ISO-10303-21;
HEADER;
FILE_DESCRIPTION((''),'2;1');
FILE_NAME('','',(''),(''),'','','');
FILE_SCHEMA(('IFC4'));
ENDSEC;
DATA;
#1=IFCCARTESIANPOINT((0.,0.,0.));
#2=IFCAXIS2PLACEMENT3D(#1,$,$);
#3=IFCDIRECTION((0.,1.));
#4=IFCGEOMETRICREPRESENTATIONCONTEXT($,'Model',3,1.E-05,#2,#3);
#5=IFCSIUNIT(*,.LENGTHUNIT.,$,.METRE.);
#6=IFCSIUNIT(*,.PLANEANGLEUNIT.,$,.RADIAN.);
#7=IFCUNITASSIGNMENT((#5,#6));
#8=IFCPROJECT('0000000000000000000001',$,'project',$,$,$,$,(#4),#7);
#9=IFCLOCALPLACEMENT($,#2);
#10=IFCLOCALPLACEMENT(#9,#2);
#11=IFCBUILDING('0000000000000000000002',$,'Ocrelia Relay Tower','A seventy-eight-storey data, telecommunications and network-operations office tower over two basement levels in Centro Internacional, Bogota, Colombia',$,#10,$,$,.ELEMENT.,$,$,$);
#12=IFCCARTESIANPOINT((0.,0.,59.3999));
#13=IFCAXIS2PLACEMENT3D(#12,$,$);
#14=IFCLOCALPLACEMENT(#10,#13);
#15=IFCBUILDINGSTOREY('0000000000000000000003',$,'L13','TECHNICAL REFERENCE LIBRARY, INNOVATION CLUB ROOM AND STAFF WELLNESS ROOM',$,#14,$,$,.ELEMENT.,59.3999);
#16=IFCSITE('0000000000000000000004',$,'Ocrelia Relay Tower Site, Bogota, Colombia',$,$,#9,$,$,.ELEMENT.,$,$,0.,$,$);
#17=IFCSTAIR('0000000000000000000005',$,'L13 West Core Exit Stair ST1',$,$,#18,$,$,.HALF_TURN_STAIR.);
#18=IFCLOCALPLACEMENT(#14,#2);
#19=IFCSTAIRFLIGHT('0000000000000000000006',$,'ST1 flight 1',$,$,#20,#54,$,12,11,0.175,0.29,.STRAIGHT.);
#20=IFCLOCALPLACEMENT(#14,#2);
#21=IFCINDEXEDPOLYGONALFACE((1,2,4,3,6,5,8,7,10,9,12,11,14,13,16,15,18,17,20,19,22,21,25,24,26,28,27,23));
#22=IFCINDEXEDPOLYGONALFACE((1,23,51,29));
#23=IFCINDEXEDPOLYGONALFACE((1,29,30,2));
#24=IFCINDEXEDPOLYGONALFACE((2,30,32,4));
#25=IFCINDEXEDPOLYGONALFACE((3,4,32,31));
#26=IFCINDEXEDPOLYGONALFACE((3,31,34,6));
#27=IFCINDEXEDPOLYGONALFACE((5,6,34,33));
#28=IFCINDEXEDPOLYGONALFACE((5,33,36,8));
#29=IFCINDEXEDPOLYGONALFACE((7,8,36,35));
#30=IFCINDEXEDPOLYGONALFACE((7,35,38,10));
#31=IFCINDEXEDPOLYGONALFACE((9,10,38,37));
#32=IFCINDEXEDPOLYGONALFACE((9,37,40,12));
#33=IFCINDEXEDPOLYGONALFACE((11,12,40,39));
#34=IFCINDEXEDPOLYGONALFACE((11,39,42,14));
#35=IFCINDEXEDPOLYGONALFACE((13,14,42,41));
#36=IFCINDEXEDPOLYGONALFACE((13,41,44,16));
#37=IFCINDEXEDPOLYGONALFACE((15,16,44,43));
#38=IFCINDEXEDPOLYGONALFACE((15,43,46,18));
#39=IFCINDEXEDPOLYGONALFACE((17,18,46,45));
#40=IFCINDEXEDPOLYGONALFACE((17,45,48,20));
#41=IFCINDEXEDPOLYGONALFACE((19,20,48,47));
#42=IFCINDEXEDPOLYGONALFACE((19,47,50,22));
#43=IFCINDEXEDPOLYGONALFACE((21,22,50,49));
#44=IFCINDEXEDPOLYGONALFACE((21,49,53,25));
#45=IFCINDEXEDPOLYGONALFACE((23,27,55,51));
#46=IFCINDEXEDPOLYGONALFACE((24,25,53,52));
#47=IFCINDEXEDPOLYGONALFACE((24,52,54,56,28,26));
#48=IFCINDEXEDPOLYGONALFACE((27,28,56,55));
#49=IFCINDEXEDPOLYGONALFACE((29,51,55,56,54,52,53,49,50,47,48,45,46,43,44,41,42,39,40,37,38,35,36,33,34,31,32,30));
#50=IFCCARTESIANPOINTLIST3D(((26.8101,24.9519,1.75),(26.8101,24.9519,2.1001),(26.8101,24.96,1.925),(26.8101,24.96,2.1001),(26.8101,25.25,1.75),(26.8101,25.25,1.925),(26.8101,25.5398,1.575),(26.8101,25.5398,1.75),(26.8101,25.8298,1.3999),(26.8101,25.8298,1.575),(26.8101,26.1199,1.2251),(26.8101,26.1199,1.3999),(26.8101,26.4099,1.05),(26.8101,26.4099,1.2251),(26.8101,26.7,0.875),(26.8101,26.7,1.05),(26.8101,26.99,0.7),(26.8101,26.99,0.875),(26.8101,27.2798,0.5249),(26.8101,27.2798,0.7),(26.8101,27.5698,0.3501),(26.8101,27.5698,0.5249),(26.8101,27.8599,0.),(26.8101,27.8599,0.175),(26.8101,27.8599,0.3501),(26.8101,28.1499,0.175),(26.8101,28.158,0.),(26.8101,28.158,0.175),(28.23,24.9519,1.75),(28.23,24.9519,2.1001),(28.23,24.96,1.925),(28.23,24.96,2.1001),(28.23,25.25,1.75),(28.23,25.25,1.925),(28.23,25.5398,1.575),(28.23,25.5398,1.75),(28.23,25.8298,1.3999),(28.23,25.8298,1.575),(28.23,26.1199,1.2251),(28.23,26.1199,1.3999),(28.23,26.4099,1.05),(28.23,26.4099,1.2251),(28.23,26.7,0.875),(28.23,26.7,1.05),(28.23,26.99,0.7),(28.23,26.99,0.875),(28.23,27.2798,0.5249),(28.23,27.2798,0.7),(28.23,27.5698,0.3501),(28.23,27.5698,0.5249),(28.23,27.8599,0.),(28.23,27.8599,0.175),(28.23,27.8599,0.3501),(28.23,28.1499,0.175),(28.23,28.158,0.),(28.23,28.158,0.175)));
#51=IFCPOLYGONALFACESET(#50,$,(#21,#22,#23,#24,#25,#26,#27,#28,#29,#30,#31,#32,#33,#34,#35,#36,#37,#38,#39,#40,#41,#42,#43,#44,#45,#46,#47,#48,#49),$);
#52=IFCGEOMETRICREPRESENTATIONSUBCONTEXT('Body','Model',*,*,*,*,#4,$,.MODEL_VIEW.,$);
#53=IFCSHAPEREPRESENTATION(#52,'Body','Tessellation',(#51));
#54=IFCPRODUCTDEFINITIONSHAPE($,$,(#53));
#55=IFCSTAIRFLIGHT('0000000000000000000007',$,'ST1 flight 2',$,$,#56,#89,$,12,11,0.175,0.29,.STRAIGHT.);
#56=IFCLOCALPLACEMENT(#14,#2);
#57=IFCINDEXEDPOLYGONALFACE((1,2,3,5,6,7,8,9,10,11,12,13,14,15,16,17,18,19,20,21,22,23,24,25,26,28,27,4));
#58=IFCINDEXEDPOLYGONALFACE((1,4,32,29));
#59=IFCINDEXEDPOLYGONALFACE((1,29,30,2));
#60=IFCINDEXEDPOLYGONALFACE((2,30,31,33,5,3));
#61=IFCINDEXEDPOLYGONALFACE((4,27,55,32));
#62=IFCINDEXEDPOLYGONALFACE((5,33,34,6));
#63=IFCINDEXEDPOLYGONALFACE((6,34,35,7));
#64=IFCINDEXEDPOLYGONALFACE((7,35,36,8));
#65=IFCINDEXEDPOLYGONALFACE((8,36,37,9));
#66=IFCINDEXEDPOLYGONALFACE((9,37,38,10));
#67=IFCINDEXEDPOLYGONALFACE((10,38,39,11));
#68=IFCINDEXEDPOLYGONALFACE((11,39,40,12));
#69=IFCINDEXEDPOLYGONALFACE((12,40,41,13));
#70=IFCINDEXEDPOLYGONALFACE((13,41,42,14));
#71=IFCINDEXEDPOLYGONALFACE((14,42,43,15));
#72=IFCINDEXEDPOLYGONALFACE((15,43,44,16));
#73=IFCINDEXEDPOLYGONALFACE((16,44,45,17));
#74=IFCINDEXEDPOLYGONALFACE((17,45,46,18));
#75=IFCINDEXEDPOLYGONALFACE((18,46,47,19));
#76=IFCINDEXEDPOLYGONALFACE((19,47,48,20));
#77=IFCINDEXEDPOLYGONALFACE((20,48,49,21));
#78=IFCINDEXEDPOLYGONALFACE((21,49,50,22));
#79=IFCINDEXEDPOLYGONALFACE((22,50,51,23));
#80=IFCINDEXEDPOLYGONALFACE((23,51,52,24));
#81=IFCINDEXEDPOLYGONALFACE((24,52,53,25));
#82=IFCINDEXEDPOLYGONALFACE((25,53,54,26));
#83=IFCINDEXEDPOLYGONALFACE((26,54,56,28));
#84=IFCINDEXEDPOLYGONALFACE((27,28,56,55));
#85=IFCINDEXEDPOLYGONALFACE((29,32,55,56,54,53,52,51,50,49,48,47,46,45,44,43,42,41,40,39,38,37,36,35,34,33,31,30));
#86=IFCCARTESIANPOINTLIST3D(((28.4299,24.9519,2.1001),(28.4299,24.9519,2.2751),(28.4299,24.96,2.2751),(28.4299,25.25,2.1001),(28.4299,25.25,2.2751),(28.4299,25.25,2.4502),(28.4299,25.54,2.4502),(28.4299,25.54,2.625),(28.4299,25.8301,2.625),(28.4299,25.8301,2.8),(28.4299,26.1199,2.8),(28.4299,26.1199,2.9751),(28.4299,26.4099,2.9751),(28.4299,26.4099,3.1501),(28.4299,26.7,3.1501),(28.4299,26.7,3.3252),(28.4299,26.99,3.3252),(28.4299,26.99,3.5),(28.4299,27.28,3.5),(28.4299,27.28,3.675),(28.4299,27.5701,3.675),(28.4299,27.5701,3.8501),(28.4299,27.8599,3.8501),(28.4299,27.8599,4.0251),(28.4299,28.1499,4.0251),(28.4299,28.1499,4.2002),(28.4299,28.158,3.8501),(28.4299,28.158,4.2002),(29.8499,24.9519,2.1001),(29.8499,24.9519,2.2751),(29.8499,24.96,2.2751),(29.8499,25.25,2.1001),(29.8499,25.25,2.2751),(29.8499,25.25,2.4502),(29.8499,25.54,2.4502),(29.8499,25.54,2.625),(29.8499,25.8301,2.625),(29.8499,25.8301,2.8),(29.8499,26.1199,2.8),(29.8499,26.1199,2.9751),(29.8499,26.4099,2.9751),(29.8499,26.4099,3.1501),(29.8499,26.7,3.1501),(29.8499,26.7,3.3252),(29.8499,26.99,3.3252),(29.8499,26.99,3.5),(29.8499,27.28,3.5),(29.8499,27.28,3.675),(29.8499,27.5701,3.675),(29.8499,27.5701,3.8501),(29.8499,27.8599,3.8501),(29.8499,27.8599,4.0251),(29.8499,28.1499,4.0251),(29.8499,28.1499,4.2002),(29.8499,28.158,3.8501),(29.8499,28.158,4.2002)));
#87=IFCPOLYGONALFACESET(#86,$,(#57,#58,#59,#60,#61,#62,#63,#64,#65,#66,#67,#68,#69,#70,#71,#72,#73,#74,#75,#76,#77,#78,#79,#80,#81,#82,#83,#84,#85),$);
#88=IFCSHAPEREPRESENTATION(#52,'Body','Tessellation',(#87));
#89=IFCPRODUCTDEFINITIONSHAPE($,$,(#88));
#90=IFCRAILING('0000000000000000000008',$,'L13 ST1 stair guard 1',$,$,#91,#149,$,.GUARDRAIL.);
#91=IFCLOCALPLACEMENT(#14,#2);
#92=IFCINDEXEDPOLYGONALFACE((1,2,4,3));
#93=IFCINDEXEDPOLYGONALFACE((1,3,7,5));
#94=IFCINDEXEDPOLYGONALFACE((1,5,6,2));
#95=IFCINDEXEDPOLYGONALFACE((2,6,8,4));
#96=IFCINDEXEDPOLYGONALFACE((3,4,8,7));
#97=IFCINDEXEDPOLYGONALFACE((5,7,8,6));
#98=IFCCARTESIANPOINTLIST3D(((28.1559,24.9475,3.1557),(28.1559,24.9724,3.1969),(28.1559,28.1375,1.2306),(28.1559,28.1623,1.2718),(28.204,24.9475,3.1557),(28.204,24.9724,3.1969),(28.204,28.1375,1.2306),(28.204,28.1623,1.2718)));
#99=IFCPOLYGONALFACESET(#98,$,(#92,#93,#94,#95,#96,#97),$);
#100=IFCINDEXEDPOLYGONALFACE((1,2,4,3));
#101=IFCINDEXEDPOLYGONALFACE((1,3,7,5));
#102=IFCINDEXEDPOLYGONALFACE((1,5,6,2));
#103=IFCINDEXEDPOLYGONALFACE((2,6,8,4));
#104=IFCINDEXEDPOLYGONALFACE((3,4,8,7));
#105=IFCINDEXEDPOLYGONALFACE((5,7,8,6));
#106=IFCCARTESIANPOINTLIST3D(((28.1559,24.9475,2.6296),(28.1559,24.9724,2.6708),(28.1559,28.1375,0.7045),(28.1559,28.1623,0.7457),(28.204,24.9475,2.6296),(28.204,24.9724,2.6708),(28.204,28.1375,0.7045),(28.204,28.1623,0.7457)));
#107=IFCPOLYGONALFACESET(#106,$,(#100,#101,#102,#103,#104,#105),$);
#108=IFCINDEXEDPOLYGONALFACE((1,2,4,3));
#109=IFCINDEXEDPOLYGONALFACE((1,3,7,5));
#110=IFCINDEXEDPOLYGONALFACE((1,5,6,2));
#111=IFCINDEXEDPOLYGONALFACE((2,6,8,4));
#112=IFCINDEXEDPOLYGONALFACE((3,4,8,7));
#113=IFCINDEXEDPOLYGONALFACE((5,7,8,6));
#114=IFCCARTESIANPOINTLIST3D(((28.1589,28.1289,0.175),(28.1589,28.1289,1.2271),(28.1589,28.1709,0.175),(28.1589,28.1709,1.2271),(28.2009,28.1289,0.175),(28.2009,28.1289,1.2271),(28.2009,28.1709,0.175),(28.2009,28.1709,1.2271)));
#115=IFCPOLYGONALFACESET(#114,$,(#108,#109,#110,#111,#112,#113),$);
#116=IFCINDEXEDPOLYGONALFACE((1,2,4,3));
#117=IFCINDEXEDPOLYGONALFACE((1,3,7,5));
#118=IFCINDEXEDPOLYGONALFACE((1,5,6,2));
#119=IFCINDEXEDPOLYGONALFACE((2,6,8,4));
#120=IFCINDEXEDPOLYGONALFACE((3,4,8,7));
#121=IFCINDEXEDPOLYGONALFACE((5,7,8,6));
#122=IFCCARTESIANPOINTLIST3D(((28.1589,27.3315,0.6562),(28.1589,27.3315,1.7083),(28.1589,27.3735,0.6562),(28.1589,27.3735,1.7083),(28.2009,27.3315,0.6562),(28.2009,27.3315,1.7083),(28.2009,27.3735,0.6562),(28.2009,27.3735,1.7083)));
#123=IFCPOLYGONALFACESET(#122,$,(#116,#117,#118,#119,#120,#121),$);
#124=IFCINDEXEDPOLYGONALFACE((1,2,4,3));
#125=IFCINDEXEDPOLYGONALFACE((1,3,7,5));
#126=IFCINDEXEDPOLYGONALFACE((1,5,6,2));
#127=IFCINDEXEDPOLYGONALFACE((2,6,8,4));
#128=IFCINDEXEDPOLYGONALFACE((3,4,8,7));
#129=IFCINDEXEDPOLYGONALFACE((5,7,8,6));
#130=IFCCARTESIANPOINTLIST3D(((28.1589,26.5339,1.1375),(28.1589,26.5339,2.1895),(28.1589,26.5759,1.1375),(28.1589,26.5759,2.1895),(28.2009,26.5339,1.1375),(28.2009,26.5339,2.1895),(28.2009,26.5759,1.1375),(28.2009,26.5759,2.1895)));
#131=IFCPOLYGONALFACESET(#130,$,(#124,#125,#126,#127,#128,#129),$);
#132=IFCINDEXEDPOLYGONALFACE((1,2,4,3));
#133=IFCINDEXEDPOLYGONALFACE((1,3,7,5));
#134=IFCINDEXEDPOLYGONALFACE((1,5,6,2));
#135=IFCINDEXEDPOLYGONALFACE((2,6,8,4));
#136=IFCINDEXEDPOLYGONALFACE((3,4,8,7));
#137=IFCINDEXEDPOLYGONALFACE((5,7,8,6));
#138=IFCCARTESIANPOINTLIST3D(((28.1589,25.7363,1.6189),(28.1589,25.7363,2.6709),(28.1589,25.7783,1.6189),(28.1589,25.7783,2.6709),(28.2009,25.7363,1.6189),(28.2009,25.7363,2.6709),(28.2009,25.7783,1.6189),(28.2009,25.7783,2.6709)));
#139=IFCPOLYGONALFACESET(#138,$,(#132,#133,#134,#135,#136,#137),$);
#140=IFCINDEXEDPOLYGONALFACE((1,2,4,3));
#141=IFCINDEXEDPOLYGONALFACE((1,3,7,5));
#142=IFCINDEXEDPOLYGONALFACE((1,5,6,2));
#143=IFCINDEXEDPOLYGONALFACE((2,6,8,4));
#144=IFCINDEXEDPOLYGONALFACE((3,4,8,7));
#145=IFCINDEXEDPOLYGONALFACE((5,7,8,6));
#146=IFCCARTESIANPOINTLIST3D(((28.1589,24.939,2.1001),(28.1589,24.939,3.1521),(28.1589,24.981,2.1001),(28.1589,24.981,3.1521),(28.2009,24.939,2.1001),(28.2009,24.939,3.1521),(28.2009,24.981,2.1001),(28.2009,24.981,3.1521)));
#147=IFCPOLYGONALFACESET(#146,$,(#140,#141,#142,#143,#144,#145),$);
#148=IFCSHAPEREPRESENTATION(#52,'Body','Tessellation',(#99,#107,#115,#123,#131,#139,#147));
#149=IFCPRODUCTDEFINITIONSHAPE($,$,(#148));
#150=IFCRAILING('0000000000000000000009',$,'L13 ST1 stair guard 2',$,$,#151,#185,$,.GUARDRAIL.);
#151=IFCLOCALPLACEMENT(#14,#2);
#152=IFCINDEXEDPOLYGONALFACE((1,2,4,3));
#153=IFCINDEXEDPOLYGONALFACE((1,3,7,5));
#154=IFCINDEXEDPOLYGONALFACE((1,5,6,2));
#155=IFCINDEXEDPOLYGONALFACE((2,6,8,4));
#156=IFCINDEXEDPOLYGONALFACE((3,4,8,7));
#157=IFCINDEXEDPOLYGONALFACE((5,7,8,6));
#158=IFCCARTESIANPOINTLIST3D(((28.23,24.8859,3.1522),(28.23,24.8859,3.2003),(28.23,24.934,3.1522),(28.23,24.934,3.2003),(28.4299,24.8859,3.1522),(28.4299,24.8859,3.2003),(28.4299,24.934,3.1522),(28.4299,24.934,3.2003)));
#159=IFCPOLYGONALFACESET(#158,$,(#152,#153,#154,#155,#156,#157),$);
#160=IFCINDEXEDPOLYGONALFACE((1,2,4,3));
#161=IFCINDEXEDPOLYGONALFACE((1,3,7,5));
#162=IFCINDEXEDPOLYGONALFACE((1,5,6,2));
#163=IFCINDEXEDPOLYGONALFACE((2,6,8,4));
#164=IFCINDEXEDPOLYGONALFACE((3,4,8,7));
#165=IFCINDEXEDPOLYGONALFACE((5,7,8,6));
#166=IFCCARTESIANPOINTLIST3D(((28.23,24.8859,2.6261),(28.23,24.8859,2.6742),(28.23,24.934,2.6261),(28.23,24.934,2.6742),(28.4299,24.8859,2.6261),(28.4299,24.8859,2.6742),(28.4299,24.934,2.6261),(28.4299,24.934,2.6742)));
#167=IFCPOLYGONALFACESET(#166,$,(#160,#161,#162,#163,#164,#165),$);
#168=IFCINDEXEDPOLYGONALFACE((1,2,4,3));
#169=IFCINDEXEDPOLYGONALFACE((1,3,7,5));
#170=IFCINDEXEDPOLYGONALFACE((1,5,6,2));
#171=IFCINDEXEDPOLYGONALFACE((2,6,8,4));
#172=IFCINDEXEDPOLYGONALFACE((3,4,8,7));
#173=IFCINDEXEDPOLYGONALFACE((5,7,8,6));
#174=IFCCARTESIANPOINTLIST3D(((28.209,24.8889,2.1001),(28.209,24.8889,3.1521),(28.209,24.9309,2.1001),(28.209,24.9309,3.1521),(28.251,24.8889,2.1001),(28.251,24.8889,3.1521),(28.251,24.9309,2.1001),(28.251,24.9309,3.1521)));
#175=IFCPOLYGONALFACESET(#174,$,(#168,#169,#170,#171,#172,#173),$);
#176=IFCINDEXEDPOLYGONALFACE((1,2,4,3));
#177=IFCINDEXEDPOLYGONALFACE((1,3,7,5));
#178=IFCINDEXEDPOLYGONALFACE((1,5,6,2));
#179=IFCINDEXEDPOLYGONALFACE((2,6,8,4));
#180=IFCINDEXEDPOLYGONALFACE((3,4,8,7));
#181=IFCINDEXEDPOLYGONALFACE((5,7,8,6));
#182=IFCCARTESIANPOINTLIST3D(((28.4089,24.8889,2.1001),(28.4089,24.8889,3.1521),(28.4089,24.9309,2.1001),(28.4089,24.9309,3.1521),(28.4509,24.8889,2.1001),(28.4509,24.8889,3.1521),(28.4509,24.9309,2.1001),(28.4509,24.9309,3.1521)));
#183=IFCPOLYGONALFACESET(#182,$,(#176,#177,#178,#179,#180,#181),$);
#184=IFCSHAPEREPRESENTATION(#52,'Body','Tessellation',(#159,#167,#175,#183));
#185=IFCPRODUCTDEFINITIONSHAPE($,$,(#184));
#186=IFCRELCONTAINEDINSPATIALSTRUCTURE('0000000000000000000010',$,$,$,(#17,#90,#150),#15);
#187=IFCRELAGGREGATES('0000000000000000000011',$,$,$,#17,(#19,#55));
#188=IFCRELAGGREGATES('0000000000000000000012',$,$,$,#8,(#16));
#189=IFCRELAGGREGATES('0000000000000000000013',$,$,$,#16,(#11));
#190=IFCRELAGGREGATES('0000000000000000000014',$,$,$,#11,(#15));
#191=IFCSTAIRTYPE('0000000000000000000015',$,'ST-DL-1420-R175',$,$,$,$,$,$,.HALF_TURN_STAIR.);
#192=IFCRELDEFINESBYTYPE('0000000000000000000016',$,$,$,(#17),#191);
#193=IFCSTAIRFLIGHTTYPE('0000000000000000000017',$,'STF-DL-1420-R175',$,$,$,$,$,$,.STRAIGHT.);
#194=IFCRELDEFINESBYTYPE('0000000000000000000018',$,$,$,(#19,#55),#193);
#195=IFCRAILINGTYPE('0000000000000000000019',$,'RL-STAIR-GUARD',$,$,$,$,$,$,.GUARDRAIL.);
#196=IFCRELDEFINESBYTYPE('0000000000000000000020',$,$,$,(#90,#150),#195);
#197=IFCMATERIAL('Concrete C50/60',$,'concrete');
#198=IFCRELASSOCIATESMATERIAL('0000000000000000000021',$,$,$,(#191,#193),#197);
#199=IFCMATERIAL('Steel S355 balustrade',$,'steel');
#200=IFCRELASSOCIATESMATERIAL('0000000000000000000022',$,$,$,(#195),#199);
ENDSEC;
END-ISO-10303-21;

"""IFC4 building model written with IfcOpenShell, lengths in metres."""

from ifc_helpers import new_model, si_unit, direction, frame, origin, origin_2d, place, context, subcontext, project, spatial, polyline, rectangle, outline, extrude, material, type_object, element, aggregate, save


model = new_model("IFC4")

# Units and contexts
model_context = context("Model", 3, precision=1e-05, world=origin(), true_north=direction((0.0, 1.0)))
body_context = subcontext(model_context, "Body", "Model", "MODEL_VIEW")
ifc_project = project(units=[si_unit("LENGTHUNIT", "METRE"), si_unit("PLANEANGLEUNIT", "RADIAN")], contexts=[model_context])

# Site, building, storey
site_placement = place(None, origin())
site = spatial("IfcSite", under=ifc_project, at=site_placement, Name="Ocrelia Relay Tower Site, Bogota, Colombia", CompositionType="ELEMENT", RefElevation=0.0)
building_placement = place(site_placement, origin())
building = spatial("IfcBuilding", under=site, at=building_placement, Name="Ocrelia Relay Tower", Description="A seventy-eight-storey data, telecommunications and network-operations office tower over two basement levels in Centro Internacional, Bogota, Colombia", CompositionType="ELEMENT")
storey_placement = place(building_placement, frame((0.0, 0.0, 59.3999)))
storey = spatial("IfcBuildingStorey", under=building, at=storey_placement, Name="L13", Description="TECHNICAL REFERENCE LIBRARY, INNOVATION CLUB ROOM AND STAFF WELLNESS ROOM", CompositionType="ELEMENT", Elevation=59.3999)

# Shared definitions
ifc_material_1 = material(Name="Concrete C50/60", Category="concrete")

# Stair, stair flights
stair_type = type_object("IfcStairType", Name="ST-DL-1420-R175", PredefinedType="HALF_TURN_STAIR", material=ifc_material_1)
stair_placement = place(storey_placement, origin())
stair = element("IfcStair", 1, at=stair_placement, inside=storey, type_object=stair_type, Name="L13 West Core Exit Stair ST1", PredefinedType="HALF_TURN_STAIR")
stair_flight_type = type_object("IfcStairFlightType", Name="STF-DL-1420-R175", PredefinedType="STRAIGHT", material=ifc_material_1)
stair_flight_1_placement = place(storey_placement, frame((27.52, 28.1499, 0.0), z_axis=(0.0, 0.0, 1.0), x_axis=(0.0, -1.0, 0.0)))
stair_flight_1 = element("IfcStairFlight", 2, at=stair_flight_1_placement, type_object=stair_flight_type, Name="ST1 flight 1", NumberOfRisers=12, NumberOfTreads=11, PredefinedType="STRAIGHT", RiserHeight=0.175, TreadLength=0.29, context=body_context, shape_type="SweptSolid", body=[
    extrude(outline(polyline([(-0.0081, 0.0), (-0.0081, 0.175), (0.0, 0.175), (0.29, 0.175), (0.29, 0.3501), (0.5801, 0.3501), (0.5801, 0.5249), (0.8701, 0.5249), (0.8701, 0.7), (1.1599, 0.7), (1.1599, 0.875), (1.45, 0.875), (1.45, 1.05), (1.74, 1.05), (1.74, 1.2251), (2.03, 1.2251), (2.03, 1.3999), (2.3201, 1.3999), (2.3201, 1.575), (2.6101, 1.575), (2.6101, 1.75), (2.8999, 1.75), (2.8999, 1.925), (3.1899, 1.925), (3.1899, 2.1001), (3.198, 2.1001), (3.198, 1.75), (0.29, 0.0), (-0.0081, 0.0)])), frame((0.0, 0.71, 0.0), z_axis=(0.0, -1.0, 0.0), x_axis=(1.0, 0.0, 0.0)), (0.0, 0.0, 1.0), 1.4199),
])
stair_flight_2_placement = place(storey_placement, frame((29.1399, 24.96, 2.1001), z_axis=(0.0, 0.0, 1.0), x_axis=(0.0, 1.0, 0.0)))
stair_flight_2 = element("IfcStairFlight", 3, at=stair_flight_2_placement, type_object=stair_flight_type, Name="ST1 flight 2", NumberOfRisers=12, NumberOfTreads=11, PredefinedType="STRAIGHT", RiserHeight=0.175, TreadLength=0.29, context=body_context, shape_type="SweptSolid", body=[
    extrude(outline(polyline([(-0.0081, 0.0), (-0.0081, 0.175), (0.0, 0.175), (0.29, 0.175), (0.29, 0.3501), (0.5801, 0.3501), (0.5801, 0.5249), (0.8701, 0.5249), (0.8701, 0.7), (1.1599, 0.7), (1.1599, 0.875), (1.45, 0.875), (1.45, 1.05), (1.74, 1.05), (1.74, 1.2251), (2.03, 1.2251), (2.03, 1.3999), (2.3201, 1.3999), (2.3201, 1.575), (2.6101, 1.575), (2.6101, 1.75), (2.8999, 1.75), (2.8999, 1.925), (3.1899, 1.925), (3.1899, 2.1001), (3.198, 2.1001), (3.198, 1.75), (0.29, 0.0), (-0.0081, 0.0)])), frame((0.0, 0.71, 0.0), z_axis=(0.0, -1.0, 0.0), x_axis=(1.0, 0.0, 0.0)), (0.0, 0.0, 1.0), 1.4199),
])
aggregate(stair, [stair_flight_1, stair_flight_2])

# Railings
ifc_material_2 = material(Name="Steel S355 balustrade", Category="steel")
railing_type_1 = type_object("IfcRailingType", Name="RL-STAIR-GUARD", PredefinedType="GUARDRAIL", material=ifc_material_2)
railing_1_placement = place(storey_placement, frame((28.1799, 28.1499, 0.175)))
element("IfcRailing", 4, at=railing_1_placement, inside=storey, type_object=railing_type_1, Name="L13 ST1 stair guard 1", PredefinedType="GUARDRAIL", context=body_context, shape_type="SweptSolid", body=[
    extrude(rectangle(XDim=0.0481, YDim=0.0481, at=origin_2d()), frame((0.0, 0.0, 1.0762), z_axis=(0.0, -0.856178, 0.516682), x_axis=(1.0, 0.0, 0.0)), (0.0, 0.0, 1.0), 3.7258),
    extrude(rectangle(XDim=0.0481, YDim=0.0481, at=origin_2d()), frame((0.0, 0.0, 0.55), z_axis=(0.0, -0.856178, 0.516682), x_axis=(1.0, 0.0, 0.0)), (0.0, 0.0, 1.0), 3.7258),
    extrude(rectangle(XDim=0.042, YDim=0.042, at=origin_2d()), origin(), (0.0, 0.0, 1.0), 1.052),
    extrude(rectangle(XDim=0.042, YDim=0.042, at=origin_2d()), frame((0.0, -0.7974, 0.4812)), (0.0, 0.0, 1.0), 1.052),
    extrude(rectangle(XDim=0.042, YDim=0.042, at=origin_2d()), frame((0.0, -1.595, 0.9624)), (0.0, 0.0, 1.0), 1.052),
    extrude(rectangle(XDim=0.042, YDim=0.042, at=origin_2d()), frame((0.0, -2.3926, 1.4438)), (0.0, 0.0, 1.0), 1.052),
    extrude(rectangle(XDim=0.042, YDim=0.042, at=origin_2d()), frame((0.0, -3.1899, 1.925)), (0.0, 0.0, 1.0), 1.052),
])
railing_2_placement = place(storey_placement, frame((28.23, 24.9099, 2.1001)))
element("IfcRailing", 5, at=railing_2_placement, inside=storey, type_object=railing_type_1, Name="L13 ST1 stair guard 2", PredefinedType="GUARDRAIL", context=body_context, shape_type="SweptSolid", body=[
    extrude(rectangle(XDim=0.0481, YDim=0.0481, at=origin_2d()), frame((0.0, 0.0, 1.0762), z_axis=(1.0, 0.0, 0.0), x_axis=(0.0, 1.0, 0.0)), (0.0, 0.0, 1.0), 0.2),
    extrude(rectangle(XDim=0.0481, YDim=0.0481, at=origin_2d()), frame((0.0, 0.0, 0.55), z_axis=(1.0, 0.0, 0.0), x_axis=(0.0, 1.0, 0.0)), (0.0, 0.0, 1.0), 0.2),
    extrude(rectangle(XDim=0.042, YDim=0.042, at=origin_2d()), origin(), (0.0, 0.0, 1.0), 1.052),
    extrude(rectangle(XDim=0.042, YDim=0.042, at=origin_2d()), frame((0.2, 0.0, 0.0)), (0.0, 0.0, 1.0), 1.052),
])

save(model, "model.ifc")
